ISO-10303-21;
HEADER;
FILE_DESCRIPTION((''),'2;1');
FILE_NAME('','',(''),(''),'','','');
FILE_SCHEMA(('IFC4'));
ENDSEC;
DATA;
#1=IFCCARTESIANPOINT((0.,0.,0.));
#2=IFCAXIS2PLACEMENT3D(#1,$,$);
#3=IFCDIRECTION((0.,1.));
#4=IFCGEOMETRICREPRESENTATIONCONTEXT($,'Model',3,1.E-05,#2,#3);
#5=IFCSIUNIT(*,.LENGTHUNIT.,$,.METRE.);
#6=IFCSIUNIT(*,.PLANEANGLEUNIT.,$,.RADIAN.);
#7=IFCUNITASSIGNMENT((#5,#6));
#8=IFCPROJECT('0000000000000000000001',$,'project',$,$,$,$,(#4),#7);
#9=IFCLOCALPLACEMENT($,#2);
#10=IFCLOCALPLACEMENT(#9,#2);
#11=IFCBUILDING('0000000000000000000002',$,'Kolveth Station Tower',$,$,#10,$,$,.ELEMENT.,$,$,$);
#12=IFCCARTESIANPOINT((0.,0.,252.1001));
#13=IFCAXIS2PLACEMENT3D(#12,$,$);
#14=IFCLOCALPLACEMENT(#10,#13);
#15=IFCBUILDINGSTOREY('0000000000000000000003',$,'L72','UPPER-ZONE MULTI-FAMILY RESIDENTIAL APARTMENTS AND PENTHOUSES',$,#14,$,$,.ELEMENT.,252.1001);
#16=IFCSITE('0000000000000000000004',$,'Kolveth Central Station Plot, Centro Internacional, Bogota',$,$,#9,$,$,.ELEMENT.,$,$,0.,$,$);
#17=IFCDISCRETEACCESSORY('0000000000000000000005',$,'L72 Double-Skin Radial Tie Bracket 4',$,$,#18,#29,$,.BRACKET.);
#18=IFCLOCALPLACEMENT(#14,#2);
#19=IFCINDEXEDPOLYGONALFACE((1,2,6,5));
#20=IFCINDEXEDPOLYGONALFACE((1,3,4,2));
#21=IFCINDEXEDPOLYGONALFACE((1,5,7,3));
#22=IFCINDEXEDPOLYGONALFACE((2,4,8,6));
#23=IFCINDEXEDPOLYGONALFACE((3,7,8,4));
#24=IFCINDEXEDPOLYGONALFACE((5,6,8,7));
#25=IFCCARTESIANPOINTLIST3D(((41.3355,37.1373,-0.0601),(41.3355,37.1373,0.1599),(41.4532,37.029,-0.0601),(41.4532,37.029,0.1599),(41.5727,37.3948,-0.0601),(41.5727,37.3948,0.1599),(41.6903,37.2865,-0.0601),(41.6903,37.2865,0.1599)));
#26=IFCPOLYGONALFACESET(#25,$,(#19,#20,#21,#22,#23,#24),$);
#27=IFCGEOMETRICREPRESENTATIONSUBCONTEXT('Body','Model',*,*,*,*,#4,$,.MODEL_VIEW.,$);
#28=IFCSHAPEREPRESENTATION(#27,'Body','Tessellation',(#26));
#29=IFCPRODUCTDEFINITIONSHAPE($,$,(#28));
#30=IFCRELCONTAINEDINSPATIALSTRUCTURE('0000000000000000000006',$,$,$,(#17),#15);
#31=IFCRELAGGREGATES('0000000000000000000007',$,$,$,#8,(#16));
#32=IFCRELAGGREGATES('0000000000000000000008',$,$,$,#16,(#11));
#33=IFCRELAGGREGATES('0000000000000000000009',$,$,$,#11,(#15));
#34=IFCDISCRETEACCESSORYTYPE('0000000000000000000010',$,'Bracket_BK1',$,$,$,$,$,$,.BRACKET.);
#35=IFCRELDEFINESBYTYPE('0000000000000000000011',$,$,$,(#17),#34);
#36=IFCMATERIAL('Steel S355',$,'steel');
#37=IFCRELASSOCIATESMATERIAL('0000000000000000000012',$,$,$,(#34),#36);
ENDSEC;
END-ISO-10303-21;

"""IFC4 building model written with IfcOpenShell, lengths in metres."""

from ifc_helpers import new_model, si_unit, direction, frame, origin, origin_2d, place, context, subcontext, project, spatial, rectangle, extrude, source, transform, mapped, material, type_object, element, save


model = new_model("IFC4")

# Units and contexts
model_context = context("Model", 3, precision=1e-05, world=origin(), true_north=direction((0.0, 1.0)))
body_context = subcontext(model_context, "Body", "Model", "MODEL_VIEW")
ifc_project = project(units=[si_unit("LENGTHUNIT", "METRE"), si_unit("PLANEANGLEUNIT", "RADIAN")], contexts=[model_context])

# Site, building, storey
site_placement = place(None, origin())
site = spatial("IfcSite", under=ifc_project, at=site_placement, Name="Kolveth Central Station Plot, Centro Internacional, Bogota", CompositionType="ELEMENT", RefElevation=0.0)
building_placement = place(site_placement, origin())
building = spatial("IfcBuilding", under=site, at=building_placement, Name="Kolveth Station Tower", CompositionType="ELEMENT")
storey_placement = place(building_placement, frame((0.0, 0.0, 252.1001)))
storey = spatial("IfcBuildingStorey", under=building, at=storey_placement, Name="L72", Description="UPPER-ZONE MULTI-FAMILY RESIDENTIAL APARTMENTS AND PENTHOUSES", CompositionType="ELEMENT", Elevation=252.1001)

# Discrete accessory
ifc_material_1 = material(Name="Steel S355", Category="steel")
discrete_accessory_type = type_object("IfcDiscreteAccessoryType", Name="Bracket_BK1", PredefinedType="BRACKET", material=ifc_material_1)
shared_shape_1 = source(origin(), body_context, "Body", "SweptSolid", [
    extrude(rectangle(XDim=0.3501, YDim=0.1599, at=origin_2d()), origin(), (0.0, 0.0, 1.0), 0.22),
])
discrete_accessory_placement = place(storey_placement, frame((41.5129, 37.2119, -0.0601), z_axis=(0.0, 0.0, 1.0), x_axis=(0.67739, 0.735624, 0.0)))
element("IfcDiscreteAccessory", 1, at=discrete_accessory_placement, inside=storey, type_object=discrete_accessory_type, Name="L72 Double-Skin Radial Tie Bracket 4", PredefinedType="BRACKET", context=body_context, shape_type="MappedRepresentation", body=[
    mapped(shared_shape_1, transform((0.0, 0.0, 0.0), x_axis=(1.0, 0.0, 0.0), y_axis=(0.0, 1.0, 0.0), z_axis=(0.0, 0.0, 1.0), scale=1.0)),
])

save(model, "model.ifc")
